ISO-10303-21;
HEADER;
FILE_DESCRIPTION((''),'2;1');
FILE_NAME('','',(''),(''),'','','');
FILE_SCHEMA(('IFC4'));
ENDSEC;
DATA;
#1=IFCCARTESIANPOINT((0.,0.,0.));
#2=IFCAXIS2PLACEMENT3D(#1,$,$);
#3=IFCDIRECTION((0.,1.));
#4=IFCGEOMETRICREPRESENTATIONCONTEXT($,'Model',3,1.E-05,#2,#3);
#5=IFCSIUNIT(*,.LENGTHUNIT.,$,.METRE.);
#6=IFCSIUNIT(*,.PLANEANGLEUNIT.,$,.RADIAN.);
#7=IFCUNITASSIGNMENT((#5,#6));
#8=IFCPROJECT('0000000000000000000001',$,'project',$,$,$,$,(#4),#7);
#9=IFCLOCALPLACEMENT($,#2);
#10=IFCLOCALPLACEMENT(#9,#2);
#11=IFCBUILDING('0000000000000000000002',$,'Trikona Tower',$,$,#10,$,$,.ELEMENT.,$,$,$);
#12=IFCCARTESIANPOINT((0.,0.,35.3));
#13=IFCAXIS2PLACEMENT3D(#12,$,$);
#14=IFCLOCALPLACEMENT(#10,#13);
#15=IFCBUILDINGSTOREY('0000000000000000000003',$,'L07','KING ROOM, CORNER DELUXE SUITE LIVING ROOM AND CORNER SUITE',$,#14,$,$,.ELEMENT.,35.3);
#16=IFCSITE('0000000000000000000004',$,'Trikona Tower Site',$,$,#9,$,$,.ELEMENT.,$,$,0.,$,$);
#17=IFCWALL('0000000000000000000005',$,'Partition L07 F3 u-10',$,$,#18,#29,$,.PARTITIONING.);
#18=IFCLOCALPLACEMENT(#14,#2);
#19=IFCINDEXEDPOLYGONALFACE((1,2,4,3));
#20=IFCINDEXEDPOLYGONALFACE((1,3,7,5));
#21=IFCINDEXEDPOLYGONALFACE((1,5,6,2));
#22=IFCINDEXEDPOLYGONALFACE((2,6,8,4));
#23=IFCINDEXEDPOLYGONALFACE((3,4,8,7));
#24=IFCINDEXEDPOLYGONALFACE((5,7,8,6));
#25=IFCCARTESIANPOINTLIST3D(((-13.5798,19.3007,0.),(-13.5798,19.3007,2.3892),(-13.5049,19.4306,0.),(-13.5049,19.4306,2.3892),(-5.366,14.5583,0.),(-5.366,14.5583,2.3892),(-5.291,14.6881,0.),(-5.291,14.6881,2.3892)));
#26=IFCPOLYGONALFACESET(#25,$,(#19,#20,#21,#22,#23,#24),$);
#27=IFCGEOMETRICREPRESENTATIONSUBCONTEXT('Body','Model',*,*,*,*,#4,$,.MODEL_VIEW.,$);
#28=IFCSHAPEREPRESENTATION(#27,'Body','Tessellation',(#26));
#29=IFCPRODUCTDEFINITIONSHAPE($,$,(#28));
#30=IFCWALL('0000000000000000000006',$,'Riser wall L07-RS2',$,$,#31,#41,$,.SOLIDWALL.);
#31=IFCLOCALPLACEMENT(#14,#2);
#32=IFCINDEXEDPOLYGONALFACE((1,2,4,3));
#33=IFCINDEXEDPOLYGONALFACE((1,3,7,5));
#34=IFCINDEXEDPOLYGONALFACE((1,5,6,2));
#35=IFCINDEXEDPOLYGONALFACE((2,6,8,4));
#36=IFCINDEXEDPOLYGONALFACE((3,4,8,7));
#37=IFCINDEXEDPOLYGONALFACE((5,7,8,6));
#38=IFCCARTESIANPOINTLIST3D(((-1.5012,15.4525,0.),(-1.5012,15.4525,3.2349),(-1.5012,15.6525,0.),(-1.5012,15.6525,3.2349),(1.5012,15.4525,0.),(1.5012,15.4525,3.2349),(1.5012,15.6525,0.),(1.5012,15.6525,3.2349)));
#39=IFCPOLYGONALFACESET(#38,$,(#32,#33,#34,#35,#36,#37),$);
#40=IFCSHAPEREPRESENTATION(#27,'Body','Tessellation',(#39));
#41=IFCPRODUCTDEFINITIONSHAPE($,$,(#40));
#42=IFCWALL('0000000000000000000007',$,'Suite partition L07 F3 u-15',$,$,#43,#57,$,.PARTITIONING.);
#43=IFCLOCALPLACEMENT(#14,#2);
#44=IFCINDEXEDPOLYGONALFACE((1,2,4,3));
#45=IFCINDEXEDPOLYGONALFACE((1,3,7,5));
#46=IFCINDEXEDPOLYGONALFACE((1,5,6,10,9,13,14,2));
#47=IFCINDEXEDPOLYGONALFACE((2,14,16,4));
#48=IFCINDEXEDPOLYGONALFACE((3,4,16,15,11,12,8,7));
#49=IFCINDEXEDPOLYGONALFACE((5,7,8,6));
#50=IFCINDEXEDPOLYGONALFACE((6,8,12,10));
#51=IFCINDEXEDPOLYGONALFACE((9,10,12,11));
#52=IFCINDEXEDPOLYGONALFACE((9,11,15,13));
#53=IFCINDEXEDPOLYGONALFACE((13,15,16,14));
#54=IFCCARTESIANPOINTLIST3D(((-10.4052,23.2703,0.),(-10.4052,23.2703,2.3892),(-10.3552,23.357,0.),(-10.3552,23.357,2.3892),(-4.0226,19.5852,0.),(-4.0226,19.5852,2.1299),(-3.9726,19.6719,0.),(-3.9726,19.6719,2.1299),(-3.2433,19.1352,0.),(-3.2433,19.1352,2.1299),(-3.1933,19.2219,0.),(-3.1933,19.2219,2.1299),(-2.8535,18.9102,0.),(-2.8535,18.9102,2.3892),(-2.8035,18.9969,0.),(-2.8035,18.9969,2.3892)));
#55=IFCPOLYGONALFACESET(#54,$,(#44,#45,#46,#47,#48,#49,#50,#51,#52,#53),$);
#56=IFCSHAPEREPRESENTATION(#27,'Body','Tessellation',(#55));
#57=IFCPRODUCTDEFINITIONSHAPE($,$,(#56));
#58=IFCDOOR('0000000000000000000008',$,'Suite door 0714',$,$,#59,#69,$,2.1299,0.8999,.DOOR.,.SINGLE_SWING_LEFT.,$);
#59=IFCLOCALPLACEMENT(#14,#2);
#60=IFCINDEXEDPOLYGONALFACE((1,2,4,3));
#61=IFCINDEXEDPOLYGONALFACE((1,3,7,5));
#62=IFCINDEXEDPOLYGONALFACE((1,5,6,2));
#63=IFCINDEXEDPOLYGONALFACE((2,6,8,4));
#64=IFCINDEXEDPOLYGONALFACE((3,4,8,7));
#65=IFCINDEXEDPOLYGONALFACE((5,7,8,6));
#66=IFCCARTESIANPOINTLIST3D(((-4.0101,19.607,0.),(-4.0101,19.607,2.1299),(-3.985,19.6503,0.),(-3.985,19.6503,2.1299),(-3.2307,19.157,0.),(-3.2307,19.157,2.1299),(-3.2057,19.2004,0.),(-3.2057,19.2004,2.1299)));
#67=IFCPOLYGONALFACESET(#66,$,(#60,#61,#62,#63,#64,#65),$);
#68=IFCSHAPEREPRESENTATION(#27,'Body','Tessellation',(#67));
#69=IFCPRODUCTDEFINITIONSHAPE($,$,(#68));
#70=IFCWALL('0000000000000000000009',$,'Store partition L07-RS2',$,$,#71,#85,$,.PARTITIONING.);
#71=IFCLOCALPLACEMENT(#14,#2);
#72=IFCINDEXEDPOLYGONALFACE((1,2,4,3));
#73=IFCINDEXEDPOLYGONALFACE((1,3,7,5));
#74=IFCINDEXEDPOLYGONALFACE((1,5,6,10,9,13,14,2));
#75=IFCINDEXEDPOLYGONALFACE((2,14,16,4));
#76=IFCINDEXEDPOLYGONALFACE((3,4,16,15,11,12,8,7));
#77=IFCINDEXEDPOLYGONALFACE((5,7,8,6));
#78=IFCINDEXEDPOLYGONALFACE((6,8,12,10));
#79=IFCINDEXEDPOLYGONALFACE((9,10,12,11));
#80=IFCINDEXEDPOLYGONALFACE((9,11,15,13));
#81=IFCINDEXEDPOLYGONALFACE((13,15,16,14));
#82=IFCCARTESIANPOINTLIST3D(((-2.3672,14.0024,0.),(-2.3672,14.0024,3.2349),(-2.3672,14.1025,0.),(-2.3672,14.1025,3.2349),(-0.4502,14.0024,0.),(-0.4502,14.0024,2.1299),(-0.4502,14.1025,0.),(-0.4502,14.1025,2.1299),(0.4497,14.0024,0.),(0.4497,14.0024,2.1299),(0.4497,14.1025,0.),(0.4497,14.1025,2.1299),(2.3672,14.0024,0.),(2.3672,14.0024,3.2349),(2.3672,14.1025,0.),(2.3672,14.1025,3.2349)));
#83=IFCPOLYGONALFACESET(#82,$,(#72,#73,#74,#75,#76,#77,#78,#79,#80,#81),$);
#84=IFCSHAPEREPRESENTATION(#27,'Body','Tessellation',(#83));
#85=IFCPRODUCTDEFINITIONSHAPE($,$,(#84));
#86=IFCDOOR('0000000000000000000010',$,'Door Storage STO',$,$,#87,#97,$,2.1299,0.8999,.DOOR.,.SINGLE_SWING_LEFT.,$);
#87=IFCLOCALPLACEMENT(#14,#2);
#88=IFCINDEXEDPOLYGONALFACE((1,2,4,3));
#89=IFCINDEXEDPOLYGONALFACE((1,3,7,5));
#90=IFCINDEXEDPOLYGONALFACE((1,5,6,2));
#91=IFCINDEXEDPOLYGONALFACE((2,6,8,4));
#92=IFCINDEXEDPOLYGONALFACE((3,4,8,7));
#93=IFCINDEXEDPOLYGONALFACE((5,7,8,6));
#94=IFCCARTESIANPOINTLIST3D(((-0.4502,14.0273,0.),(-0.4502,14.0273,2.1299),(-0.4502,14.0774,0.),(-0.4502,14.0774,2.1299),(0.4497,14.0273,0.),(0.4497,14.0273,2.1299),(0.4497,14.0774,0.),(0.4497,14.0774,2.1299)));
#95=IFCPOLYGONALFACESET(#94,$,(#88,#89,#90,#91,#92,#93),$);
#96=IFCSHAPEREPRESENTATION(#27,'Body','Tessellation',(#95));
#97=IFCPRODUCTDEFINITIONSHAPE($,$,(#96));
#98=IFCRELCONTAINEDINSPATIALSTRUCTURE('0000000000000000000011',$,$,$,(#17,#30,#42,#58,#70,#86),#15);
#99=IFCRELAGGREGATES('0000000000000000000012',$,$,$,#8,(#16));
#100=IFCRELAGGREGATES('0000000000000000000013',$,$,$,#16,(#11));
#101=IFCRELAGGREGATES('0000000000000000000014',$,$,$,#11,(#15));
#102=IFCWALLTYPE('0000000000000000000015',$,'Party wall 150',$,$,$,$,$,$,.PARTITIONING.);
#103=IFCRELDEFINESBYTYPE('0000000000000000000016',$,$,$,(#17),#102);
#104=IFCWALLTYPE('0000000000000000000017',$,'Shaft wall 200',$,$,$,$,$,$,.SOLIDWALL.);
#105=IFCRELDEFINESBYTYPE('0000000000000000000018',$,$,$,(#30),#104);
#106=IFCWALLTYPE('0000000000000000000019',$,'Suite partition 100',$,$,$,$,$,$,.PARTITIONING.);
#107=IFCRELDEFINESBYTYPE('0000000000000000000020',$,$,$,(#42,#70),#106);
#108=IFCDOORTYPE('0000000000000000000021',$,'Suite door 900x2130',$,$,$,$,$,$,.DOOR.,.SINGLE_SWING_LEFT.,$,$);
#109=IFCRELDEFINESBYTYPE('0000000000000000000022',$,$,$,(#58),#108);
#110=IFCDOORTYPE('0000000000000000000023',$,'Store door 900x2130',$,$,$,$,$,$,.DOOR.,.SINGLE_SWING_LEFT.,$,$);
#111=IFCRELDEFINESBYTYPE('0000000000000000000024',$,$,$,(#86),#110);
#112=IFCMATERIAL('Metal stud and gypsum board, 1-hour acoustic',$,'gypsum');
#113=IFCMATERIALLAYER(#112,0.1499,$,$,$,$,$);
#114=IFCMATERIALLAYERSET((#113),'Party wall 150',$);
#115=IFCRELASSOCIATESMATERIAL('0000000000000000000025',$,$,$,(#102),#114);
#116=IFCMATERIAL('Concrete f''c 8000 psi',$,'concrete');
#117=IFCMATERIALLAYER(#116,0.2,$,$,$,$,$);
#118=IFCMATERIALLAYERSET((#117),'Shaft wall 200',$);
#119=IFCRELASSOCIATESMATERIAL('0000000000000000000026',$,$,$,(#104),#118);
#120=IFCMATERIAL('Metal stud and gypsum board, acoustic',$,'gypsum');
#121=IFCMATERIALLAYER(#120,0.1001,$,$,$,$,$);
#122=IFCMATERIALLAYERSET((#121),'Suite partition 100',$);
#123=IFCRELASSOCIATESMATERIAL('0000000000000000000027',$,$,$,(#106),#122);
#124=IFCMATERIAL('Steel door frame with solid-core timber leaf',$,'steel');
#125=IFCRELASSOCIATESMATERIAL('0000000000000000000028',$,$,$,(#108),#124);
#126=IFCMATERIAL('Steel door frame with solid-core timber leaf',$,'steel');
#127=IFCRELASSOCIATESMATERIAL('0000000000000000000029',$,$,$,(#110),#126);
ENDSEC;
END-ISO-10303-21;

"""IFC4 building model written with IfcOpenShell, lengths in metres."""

from ifc_helpers import new_model, si_unit, direction, frame, frame_2d, origin, place, context, subcontext, project, spatial, rectangle, extrude, material, layer, layer_set, type_object, element, fill, save


model = new_model("IFC4")

# Units and contexts
model_context = context("Model", 3, precision=1e-05, world=origin(), true_north=direction((0.0, 1.0)))
body_context = subcontext(model_context, "Body", "Model", "MODEL_VIEW")
ifc_project = project(units=[si_unit("LENGTHUNIT", "METRE"), si_unit("PLANEANGLEUNIT", "RADIAN")], contexts=[model_context])

# Site, building, storey
site_placement = place(None, origin())
site = spatial("IfcSite", under=ifc_project, at=site_placement, Name="Trikona Tower Site", CompositionType="ELEMENT", RefElevation=0.0)
building_placement = place(site_placement, origin())
building = spatial("IfcBuilding", under=site, at=building_placement, Name="Trikona Tower", CompositionType="ELEMENT")
storey_placement = place(building_placement, frame((0.0, 0.0, 35.3)))
storey = spatial("IfcBuildingStorey", under=building, at=storey_placement, Name="L07", Description="KING ROOM, CORNER DELUXE SUITE LIVING ROOM AND CORNER SUITE", CompositionType="ELEMENT", Elevation=35.3)

# Walls
ifc_material_1 = material(Name="Metal stud and gypsum board, 1-hour acoustic", Category="gypsum")
ifc_layer_1 = layer(ifc_material_1, 0.1499)
ifc_layer_set_1 = layer_set([ifc_layer_1], Name="Party wall 150")
wall_type_1 = type_object("IfcWallType", Name="Party wall 150", PredefinedType="PARTITIONING", material=ifc_layer_set_1)
wall_1_placement = place(storey_placement, frame((-5.3286, 14.6233, 0.0), z_axis=(0.0, 0.0, 1.0), x_axis=(-0.866018, 0.500012, 0.0)))
element("IfcWall", 1, at=wall_1_placement, inside=storey, type_object=wall_type_1, Name="Partition L07 F3 u-10", PredefinedType="PARTITIONING", context=body_context, shape_type="SweptSolid", body=[
    extrude(rectangle(XDim=9.4846, YDim=0.1499, at=frame_2d((4.7422, 0.0))), origin(), (0.0, 0.0, 1.0), 2.3892),
])
ifc_material_2 = material(Name="Concrete f'c 8000 psi", Category="concrete")
ifc_layer_2 = layer(ifc_material_2, 0.2)
ifc_layer_set_2 = layer_set([ifc_layer_2], Name="Shaft wall 200")
wall_type_2 = type_object("IfcWallType", Name="Shaft wall 200", PredefinedType="SOLIDWALL", material=ifc_layer_set_2)
wall_2_placement = place(storey_placement, frame((-1.5012, 15.5525, 0.0), z_axis=(0.0, 0.0, 1.0), x_axis=(1.0, 0.0, 0.0)))
element("IfcWall", 2, at=wall_2_placement, inside=storey, type_object=wall_type_2, Name="Riser wall L07-RS2", PredefinedType="SOLIDWALL", context=body_context, shape_type="SweptSolid", body=[
    extrude(rectangle(XDim=3.0024, YDim=0.2, at=frame_2d((1.5012, 0.0))), origin(), (0.0, 0.0, 1.0), 3.2349),
])

# Walls, openings, doors
ifc_material_3 = material(Name="Metal stud and gypsum board, acoustic", Category="gypsum")
ifc_layer_3 = layer(ifc_material_3, 0.1001)
ifc_layer_set_3 = layer_set([ifc_layer_3], Name="Suite partition 100")
wall_type_3 = type_object("IfcWallType", Name="Suite partition 100", PredefinedType="PARTITIONING", material=ifc_layer_set_3)
wall_3_placement = place(storey_placement, frame((-2.8286, 18.9536, 0.0), z_axis=(0.0, 0.0, 1.0), x_axis=(-0.866021, 0.500008, 0.0)))
wall_3 = element("IfcWall", 3, at=wall_3_placement, inside=storey, type_object=wall_type_3, Name="Suite partition L07 F3 u-15", PredefinedType="PARTITIONING", context=body_context, shape_type="SweptSolid", body=[
    extrude(rectangle(XDim=8.72, YDim=0.1001, at=frame_2d((4.3599, 0.0))), origin(), (0.0, 0.0, 1.0), 2.3892),
])
opening_1_placement = place(wall_3_placement, frame((0.45, 0.0, 0.0)))
opening_1 = element("IfcOpeningElement", 4, at=opening_1_placement, cuts=wall_3, PredefinedType="OPENING", context=body_context, shape_type="SweptSolid", body=[
    extrude(rectangle(XDim=0.8999, YDim=2.1299, at=frame_2d((0.45, 1.0649))), frame((0.0, 0.0601, 0.0), z_axis=(0.0, -1.0, 0.0), x_axis=(1.0, 0.0, 0.0)), (0.0, 0.0, 1.0), 0.1201),
])
ifc_material_4 = material(Name="Steel door frame with solid-core timber leaf", Category="steel")
door_type_1 = type_object("IfcDoorType", Name="Suite door 900x2130", OperationType="SINGLE_SWING_LEFT", PredefinedType="DOOR", material=ifc_material_4)
door_1_placement = place(opening_1_placement, origin())
door_1 = element("IfcDoor", 5, at=door_1_placement, inside=storey, type_object=door_type_1, Name="Suite door 0714", OperationType="SINGLE_SWING_LEFT", OverallHeight=2.1299, OverallWidth=0.8999, PredefinedType="DOOR", context=body_context, shape_type="SweptSolid", body=[
    extrude(rectangle(XDim=0.8999, YDim=2.1299, at=frame_2d((0.45, 1.0649))), frame((0.0, 0.0249, 0.0), z_axis=(0.0, -1.0, 0.0), x_axis=(1.0, 0.0, 0.0)), (0.0, 0.0, 1.0), 0.05),
])
fill(opening_1, door_1)
wall_4_placement = place(storey_placement, frame((-2.3672, 14.0525, 0.0), z_axis=(0.0, 0.0, 1.0), x_axis=(1.0, 0.0, 0.0)))
wall_4 = element("IfcWall", 6, at=wall_4_placement, inside=storey, type_object=wall_type_3, Name="Store partition L07-RS2", PredefinedType="PARTITIONING", context=body_context, shape_type="SweptSolid", body=[
    extrude(rectangle(XDim=4.7344, YDim=0.1001, at=frame_2d((2.3672, 0.0))), origin(), (0.0, 0.0, 1.0), 3.2349),
])
opening_2_placement = place(wall_4_placement, frame((1.917, 0.0, 0.0)))
opening_2 = element("IfcOpeningElement", 7, at=opening_2_placement, cuts=wall_4, PredefinedType="OPENING", context=body_context, shape_type="SweptSolid", body=[
    extrude(rectangle(XDim=0.8999, YDim=2.1299, at=frame_2d((0.45, 1.0649))), frame((0.0, 0.0601, 0.0), z_axis=(0.0, -1.0, 0.0), x_axis=(1.0, 0.0, 0.0)), (0.0, 0.0, 1.0), 0.1201),
])
ifc_material_5 = material(Name="Steel door frame with solid-core timber leaf", Category="steel")
door_type_2 = type_object("IfcDoorType", Name="Store door 900x2130", OperationType="SINGLE_SWING_LEFT", PredefinedType="DOOR", material=ifc_material_5)
door_2_placement = place(opening_2_placement, origin())
door_2 = element("IfcDoor", 8, at=door_2_placement, inside=storey, type_object=door_type_2, Name="Door Storage STO", OperationType="SINGLE_SWING_LEFT", OverallHeight=2.1299, OverallWidth=0.8999, PredefinedType="DOOR", context=body_context, shape_type="SweptSolid", body=[
    extrude(rectangle(XDim=0.8999, YDim=2.1299, at=frame_2d((0.45, 1.0649))), frame((0.0, 0.0249, 0.0), z_axis=(0.0, -1.0, 0.0), x_axis=(1.0, 0.0, 0.0)), (0.0, 0.0, 1.0), 0.05),
])
fill(opening_2, door_2)

save(model, "model.ifc")
